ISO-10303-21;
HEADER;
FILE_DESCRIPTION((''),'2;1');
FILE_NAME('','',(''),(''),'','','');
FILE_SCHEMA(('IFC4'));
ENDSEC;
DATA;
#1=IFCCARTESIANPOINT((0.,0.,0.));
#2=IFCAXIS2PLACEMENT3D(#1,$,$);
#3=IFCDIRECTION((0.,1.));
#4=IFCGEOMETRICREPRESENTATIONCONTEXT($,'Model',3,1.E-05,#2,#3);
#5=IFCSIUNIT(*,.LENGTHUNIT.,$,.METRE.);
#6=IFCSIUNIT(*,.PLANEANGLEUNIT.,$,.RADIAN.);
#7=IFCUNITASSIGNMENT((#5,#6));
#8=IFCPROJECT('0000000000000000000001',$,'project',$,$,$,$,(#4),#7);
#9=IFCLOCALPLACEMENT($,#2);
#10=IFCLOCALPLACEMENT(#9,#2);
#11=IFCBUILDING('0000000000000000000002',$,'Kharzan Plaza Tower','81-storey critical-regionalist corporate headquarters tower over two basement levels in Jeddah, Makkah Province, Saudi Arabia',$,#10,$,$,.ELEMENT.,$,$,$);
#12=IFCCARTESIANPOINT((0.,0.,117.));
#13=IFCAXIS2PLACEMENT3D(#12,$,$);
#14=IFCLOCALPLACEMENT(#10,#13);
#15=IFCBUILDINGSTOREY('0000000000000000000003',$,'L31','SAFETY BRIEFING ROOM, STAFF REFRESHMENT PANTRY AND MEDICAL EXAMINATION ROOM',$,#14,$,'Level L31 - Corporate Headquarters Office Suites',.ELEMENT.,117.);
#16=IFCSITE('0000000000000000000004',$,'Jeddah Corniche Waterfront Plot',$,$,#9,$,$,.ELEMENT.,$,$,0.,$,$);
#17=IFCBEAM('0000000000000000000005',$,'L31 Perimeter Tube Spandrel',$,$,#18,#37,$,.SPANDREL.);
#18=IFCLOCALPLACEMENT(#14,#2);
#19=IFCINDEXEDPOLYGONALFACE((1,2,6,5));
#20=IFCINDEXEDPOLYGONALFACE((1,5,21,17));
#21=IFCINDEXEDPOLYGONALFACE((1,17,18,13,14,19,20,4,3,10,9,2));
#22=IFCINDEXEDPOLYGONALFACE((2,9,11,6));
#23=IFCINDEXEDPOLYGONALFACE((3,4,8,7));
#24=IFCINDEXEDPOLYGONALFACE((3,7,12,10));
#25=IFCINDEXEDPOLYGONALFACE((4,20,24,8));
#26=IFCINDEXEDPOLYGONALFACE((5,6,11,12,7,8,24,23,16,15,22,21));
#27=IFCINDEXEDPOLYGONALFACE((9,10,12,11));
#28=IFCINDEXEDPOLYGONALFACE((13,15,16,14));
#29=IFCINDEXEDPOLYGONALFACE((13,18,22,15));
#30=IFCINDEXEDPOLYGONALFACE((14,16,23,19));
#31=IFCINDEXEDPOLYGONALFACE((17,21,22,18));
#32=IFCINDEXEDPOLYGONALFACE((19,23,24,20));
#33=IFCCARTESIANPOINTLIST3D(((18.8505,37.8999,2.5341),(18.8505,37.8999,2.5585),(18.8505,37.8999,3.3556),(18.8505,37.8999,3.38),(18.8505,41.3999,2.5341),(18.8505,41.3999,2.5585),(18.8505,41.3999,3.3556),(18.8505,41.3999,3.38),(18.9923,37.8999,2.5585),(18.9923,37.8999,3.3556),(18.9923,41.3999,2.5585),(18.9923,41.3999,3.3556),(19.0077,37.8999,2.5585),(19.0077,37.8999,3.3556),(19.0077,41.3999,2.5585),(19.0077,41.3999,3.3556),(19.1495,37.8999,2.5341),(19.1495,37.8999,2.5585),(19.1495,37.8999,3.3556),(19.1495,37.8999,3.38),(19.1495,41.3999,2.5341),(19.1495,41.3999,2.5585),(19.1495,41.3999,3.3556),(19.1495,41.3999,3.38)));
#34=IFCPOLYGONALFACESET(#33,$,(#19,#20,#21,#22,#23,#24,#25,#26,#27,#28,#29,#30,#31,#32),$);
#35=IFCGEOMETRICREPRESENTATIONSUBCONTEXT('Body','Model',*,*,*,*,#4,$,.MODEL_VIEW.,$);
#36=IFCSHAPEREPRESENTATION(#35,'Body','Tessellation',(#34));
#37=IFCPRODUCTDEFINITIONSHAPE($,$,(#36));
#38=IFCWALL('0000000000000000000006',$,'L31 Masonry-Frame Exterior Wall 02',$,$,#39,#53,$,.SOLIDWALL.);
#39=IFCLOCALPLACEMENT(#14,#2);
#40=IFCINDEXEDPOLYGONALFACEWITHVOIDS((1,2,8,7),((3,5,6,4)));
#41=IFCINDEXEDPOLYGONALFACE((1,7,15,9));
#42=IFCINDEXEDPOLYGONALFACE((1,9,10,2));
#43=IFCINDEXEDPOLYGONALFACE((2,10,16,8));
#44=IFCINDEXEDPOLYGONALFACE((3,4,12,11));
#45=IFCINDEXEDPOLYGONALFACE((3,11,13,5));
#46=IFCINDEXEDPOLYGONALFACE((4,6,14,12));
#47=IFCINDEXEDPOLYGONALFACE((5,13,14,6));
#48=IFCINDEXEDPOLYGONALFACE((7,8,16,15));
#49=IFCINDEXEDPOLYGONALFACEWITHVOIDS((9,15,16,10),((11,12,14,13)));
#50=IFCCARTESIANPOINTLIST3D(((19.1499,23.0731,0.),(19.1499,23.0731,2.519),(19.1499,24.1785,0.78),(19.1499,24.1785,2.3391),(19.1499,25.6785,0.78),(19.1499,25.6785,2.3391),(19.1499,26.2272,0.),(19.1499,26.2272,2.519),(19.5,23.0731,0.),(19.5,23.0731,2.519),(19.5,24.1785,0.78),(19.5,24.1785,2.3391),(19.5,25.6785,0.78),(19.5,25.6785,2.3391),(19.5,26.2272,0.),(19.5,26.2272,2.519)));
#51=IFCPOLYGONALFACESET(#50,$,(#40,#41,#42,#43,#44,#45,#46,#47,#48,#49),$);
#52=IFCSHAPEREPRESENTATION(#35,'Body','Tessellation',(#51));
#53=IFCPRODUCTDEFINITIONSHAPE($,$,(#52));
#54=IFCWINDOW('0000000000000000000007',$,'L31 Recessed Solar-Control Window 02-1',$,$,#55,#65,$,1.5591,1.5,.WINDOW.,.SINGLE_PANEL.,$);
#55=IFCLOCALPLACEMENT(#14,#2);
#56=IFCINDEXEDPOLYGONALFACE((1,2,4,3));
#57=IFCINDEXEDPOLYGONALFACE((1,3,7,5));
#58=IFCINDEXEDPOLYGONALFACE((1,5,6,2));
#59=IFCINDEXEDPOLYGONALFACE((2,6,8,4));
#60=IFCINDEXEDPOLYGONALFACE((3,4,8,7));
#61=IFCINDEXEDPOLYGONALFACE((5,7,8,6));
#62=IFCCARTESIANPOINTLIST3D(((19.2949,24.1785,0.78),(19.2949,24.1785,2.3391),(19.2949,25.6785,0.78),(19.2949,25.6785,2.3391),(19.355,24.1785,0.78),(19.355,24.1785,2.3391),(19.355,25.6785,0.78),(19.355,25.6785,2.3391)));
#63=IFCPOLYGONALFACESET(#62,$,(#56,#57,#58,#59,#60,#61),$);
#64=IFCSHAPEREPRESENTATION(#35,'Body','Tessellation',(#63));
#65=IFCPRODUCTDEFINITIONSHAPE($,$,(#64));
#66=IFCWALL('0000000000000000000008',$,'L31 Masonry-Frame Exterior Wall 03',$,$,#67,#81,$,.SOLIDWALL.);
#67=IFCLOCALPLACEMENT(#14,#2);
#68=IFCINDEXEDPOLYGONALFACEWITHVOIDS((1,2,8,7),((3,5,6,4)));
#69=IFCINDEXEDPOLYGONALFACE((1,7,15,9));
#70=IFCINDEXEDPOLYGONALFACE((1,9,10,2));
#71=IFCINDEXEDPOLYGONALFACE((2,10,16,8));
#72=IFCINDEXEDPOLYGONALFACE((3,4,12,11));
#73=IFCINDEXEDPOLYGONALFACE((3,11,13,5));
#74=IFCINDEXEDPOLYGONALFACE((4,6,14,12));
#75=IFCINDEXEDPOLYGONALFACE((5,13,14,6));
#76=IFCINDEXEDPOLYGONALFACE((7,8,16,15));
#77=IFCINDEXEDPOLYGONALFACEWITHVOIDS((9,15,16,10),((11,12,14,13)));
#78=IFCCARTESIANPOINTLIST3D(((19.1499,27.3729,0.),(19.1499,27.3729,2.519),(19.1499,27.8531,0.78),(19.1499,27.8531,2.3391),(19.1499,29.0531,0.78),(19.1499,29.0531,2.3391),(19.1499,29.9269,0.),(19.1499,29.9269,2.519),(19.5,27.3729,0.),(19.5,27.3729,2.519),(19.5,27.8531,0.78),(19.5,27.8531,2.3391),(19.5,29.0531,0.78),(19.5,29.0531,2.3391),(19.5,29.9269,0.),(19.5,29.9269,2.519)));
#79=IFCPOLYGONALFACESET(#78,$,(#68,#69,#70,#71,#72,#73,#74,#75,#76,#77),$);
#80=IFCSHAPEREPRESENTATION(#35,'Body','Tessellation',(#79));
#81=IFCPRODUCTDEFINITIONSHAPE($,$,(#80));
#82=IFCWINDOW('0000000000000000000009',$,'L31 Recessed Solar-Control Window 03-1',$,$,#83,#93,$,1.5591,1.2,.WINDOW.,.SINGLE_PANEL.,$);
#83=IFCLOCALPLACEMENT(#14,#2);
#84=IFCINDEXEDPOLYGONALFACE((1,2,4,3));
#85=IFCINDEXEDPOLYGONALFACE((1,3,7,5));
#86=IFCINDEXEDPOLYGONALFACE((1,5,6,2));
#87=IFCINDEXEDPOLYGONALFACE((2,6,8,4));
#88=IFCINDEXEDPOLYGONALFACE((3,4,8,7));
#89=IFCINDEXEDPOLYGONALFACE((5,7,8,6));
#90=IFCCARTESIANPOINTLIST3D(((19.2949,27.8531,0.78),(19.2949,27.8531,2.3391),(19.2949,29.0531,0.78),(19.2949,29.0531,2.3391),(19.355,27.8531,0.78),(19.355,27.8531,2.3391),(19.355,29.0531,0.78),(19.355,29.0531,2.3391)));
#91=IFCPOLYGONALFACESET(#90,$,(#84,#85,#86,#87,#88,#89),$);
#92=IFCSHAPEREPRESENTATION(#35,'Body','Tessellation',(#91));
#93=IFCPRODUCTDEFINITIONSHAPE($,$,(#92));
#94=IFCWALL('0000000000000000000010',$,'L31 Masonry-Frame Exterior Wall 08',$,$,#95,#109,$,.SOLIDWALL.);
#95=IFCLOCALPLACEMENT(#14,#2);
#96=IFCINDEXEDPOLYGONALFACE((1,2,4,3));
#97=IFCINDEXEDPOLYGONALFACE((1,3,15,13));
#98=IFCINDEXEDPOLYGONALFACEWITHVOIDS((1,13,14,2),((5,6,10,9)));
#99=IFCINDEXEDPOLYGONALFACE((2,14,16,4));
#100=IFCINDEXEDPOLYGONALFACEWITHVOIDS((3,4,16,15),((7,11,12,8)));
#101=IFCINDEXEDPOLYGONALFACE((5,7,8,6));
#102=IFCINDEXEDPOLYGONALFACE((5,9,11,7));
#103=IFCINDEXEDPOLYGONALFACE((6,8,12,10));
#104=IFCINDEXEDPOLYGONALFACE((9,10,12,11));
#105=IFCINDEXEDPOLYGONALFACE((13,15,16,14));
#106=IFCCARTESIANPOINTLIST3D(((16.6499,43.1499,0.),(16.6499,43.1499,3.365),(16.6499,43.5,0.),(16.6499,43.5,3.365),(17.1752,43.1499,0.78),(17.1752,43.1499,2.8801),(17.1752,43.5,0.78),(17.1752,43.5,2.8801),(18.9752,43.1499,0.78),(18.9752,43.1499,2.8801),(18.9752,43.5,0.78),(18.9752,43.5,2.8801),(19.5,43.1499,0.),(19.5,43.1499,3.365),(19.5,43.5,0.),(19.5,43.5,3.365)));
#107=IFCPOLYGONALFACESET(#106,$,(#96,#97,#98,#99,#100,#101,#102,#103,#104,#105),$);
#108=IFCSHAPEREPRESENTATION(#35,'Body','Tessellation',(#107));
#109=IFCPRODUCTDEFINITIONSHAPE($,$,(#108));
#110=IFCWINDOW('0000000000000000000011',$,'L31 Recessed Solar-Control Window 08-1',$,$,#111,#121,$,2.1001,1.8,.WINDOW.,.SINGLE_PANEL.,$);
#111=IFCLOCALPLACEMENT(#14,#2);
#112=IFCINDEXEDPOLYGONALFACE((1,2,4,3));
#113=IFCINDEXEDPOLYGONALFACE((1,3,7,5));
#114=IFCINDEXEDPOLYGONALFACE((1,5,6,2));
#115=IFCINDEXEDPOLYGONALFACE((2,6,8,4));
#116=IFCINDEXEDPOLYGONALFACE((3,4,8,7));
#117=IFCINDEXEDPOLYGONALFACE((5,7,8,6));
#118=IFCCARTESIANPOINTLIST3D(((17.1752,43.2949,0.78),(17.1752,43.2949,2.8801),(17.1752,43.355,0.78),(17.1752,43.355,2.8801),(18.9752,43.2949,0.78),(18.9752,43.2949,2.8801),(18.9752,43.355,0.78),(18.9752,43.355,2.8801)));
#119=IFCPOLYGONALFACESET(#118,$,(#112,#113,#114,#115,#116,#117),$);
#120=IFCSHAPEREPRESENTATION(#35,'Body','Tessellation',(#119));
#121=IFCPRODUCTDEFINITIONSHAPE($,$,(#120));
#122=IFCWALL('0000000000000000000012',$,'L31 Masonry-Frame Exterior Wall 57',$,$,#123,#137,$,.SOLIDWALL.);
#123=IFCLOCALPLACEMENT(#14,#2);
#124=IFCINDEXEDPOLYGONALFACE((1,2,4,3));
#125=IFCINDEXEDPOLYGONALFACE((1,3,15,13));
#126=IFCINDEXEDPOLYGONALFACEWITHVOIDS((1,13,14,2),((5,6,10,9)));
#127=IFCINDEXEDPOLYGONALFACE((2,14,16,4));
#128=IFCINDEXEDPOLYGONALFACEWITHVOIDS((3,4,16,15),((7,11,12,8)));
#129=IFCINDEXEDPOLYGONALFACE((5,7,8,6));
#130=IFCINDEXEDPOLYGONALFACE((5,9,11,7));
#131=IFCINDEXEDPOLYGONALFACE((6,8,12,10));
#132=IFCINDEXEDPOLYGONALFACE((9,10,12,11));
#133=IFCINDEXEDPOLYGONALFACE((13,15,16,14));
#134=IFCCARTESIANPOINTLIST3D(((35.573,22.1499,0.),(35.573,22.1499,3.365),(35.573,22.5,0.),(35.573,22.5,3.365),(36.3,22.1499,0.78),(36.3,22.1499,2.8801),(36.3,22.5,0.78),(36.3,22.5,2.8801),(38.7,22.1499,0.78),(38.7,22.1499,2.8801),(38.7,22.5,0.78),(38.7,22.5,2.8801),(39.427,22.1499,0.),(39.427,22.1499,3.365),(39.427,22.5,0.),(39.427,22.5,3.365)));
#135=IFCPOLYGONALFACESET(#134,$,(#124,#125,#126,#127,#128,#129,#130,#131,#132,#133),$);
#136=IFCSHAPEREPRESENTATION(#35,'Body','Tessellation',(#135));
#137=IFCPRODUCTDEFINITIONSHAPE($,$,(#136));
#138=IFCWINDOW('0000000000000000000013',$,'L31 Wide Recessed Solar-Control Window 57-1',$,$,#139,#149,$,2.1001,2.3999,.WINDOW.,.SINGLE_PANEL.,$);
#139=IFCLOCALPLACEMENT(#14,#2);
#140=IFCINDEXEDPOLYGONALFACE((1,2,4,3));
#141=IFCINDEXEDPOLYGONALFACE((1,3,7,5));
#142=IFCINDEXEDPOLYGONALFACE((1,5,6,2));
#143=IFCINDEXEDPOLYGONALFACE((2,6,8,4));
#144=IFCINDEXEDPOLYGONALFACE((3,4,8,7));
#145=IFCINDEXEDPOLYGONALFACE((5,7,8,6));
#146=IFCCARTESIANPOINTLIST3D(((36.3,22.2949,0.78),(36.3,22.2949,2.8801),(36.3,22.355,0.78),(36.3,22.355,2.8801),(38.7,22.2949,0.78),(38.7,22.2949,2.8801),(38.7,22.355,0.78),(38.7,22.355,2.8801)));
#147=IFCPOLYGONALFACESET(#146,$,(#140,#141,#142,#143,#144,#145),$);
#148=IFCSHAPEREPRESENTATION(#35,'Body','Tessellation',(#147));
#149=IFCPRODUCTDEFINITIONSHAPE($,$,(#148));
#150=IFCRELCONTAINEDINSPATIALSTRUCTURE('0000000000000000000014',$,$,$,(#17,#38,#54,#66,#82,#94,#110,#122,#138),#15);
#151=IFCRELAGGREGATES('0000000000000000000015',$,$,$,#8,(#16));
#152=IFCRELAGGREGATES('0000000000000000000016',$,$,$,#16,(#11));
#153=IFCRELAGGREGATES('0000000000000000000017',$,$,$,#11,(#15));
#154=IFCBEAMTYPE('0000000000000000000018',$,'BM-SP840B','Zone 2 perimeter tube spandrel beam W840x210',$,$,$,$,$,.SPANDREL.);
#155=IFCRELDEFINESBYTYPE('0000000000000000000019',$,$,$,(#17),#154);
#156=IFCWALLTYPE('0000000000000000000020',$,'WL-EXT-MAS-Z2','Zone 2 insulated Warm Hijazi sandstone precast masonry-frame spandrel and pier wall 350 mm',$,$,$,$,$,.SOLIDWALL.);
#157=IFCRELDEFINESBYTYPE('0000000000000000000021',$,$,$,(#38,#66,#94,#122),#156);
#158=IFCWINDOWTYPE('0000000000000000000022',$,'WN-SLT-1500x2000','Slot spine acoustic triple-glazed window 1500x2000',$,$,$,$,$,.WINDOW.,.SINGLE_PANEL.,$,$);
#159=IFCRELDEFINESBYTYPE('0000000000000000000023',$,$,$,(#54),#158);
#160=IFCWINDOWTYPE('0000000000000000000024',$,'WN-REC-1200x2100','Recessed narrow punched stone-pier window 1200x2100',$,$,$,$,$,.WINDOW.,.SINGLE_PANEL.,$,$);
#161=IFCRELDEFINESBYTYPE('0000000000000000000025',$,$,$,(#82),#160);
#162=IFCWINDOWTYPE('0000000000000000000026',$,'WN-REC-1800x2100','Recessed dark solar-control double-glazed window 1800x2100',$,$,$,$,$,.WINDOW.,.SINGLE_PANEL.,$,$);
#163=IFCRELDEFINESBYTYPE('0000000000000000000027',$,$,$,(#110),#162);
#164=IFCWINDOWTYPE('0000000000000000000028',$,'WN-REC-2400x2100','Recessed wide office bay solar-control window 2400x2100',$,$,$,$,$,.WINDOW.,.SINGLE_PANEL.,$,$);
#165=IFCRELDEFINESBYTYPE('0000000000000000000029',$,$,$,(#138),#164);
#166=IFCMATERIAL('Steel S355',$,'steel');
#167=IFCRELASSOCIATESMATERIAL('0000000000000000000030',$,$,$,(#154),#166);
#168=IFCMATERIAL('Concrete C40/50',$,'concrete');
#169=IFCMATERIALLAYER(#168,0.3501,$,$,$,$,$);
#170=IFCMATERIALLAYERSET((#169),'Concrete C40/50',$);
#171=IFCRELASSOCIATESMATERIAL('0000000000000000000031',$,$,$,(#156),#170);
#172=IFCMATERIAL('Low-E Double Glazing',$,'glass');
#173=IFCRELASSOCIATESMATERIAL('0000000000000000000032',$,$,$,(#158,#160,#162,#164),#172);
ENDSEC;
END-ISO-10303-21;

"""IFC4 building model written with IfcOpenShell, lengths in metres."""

from ifc_helpers import new_model, si_unit, direction, frame, frame_2d, origin, origin_2d, place, context, subcontext, project, spatial, rectangle, i_section, extrude, source, transform, mapped, material, layer, layer_set, material_profile, profile_set, type_object, element, fill, save


model = new_model("IFC4")

# Units and contexts
model_context = context("Model", 3, precision=1e-05, world=origin(), true_north=direction((0.0, 1.0)))
body_context = subcontext(model_context, "Body", "Model", "MODEL_VIEW")
ifc_project = project(units=[si_unit("LENGTHUNIT", "METRE"), si_unit("PLANEANGLEUNIT", "RADIAN")], contexts=[model_context])

# Site, building, storey
site_placement = place(None, origin())
site = spatial("IfcSite", under=ifc_project, at=site_placement, Name="Jeddah Corniche Waterfront Plot", CompositionType="ELEMENT", RefElevation=0.0)
building_placement = place(site_placement, origin())
building = spatial("IfcBuilding", under=site, at=building_placement, Name="Kharzan Plaza Tower", Description="81-storey critical-regionalist corporate headquarters tower over two basement levels in Jeddah, Makkah Province, Saudi Arabia", CompositionType="ELEMENT")
storey_placement = place(building_placement, frame((0.0, 0.0, 117.0)))
storey = spatial("IfcBuildingStorey", under=building, at=storey_placement, Name="L31", Description="SAFETY BRIEFING ROOM, STAFF REFRESHMENT PANTRY AND MEDICAL EXAMINATION ROOM", LongName="Level L31 - Corporate Headquarters Office Suites", CompositionType="ELEMENT", Elevation=117.0)

# Beam
ifc_material_1 = material(Name="Steel S355", Category="steel")
ifc_material_profile_1 = material_profile(ifc_material_1, i_section(OverallWidth=0.2991, OverallDepth=0.8459, WebThickness=0.0154, FlangeThickness=0.0244, at=origin_2d()), Name="W840x210")
ifc_profile_set_1 = profile_set([ifc_material_profile_1], Name="Steel S355")
beam_type_1 = type_object("IfcBeamType", Name="BM-SP840B", Description="Zone 2 perimeter tube spandrel beam W840x210", PredefinedType="SPANDREL", material=ifc_profile_set_1)
shared_shape_1 = source(origin(), body_context, "Body", "SweptSolid", [
    extrude(i_section(OverallWidth=0.2991, OverallDepth=0.8459, WebThickness=0.0154, FlangeThickness=0.0244, at=origin_2d()), origin(), (0.0, 0.0, 1.0), 3.5),
])
beam_1_placement = place(storey_placement, frame((19.0, 37.8999, 2.957), z_axis=(0.0, 1.0, 0.0), x_axis=(-1.0, 0.0, 0.0)))
element("IfcBeam", 1, at=beam_1_placement, inside=storey, type_object=beam_type_1, Name="L31 Perimeter Tube Spandrel", PredefinedType="SPANDREL", context=body_context, shape_type="MappedRepresentation", body=[
    mapped(shared_shape_1, transform((0.0, 0.0, 0.0), x_axis=(1.0, 0.0, 0.0), y_axis=(0.0, 1.0, 0.0), z_axis=(0.0, 0.0, 1.0))),
])

# Walls, openings, windows
ifc_material_2 = material(Name="Concrete C40/50", Category="concrete")
ifc_layer_1 = layer(ifc_material_2, 0.3501)
ifc_layer_set_1 = layer_set([ifc_layer_1], Name="Concrete C40/50")
wall_type_1 = type_object("IfcWallType", Name="WL-EXT-MAS-Z2", Description="Zone 2 insulated Warm Hijazi sandstone precast masonry-frame spandrel and pier wall 350 mm", PredefinedType="SOLIDWALL", material=ifc_layer_set_1)
wall_1_placement = place(storey_placement, frame((19.325, 23.073, 0.0), z_axis=(0.0, 0.0, 1.0), x_axis=(0.0, 1.0, 0.0)))
wall_1 = element("IfcWall", 2, at=wall_1_placement, inside=storey, type_object=wall_type_1, Name="L31 Masonry-Frame Exterior Wall 02", PredefinedType="SOLIDWALL", context=body_context, shape_type="SweptSolid", body=[
    extrude(rectangle(XDim=3.1541, YDim=0.3501, at=frame_2d((1.5771, 0.0))), origin(), (0.0, 0.0, 1.0), 2.519),
])
opening_1_placement = place(wall_1_placement, frame((1.1055, 0.0, 0.78)))
opening_1 = element("IfcOpeningElement", 3, at=opening_1_placement, cuts=wall_1, PredefinedType="OPENING", context=body_context, shape_type="SweptSolid", body=[
    extrude(rectangle(XDim=1.5, YDim=1.5591, at=frame_2d((0.75, 0.7795))), frame((0.0, 0.1851, 0.0), z_axis=(0.0, -1.0, 0.0), x_axis=(1.0, 0.0, 0.0)), (0.0, 0.0, 1.0), 0.3701),
])
ifc_material_3 = material(Name="Low-E Double Glazing", Category="glass")
window_type_1 = type_object("IfcWindowType", Name="WN-SLT-1500x2000", Description="Slot spine acoustic triple-glazed window 1500x2000", PartitioningType="SINGLE_PANEL", PredefinedType="WINDOW", material=ifc_material_3)
shared_shape_2 = source(origin(), body_context, "Body", "SweptSolid", [
    extrude(rectangle(XDim=1.5, YDim=1.5591, at=frame_2d((0.75, 0.7795))), frame((0.0, 0.03, 0.0), z_axis=(0.0, -1.0, 0.0), x_axis=(1.0, 0.0, 0.0)), (0.0, 0.0, 1.0), 0.0601),
])
window_1_placement = place(opening_1_placement, origin())
window_1 = element("IfcWindow", 4, at=window_1_placement, inside=storey, type_object=window_type_1, Name="L31 Recessed Solar-Control Window 02-1", OverallHeight=1.5591, OverallWidth=1.5, PartitioningType="SINGLE_PANEL", PredefinedType="WINDOW", context=body_context, shape_type="MappedRepresentation", body=[
    mapped(shared_shape_2, transform((0.0, 0.0, 0.0), x_axis=(1.0, 0.0, 0.0), y_axis=(0.0, 1.0, 0.0), z_axis=(0.0, 0.0, 1.0))),
])
fill(opening_1, window_1)
wall_2_placement = place(storey_placement, frame((19.325, 27.373, 0.0), z_axis=(0.0, 0.0, 1.0), x_axis=(0.0, 1.0, 0.0)))
wall_2 = element("IfcWall", 5, at=wall_2_placement, inside=storey, type_object=wall_type_1, Name="L31 Masonry-Frame Exterior Wall 03", PredefinedType="SOLIDWALL", context=body_context, shape_type="SweptSolid", body=[
    extrude(rectangle(XDim=2.554, YDim=0.3501, at=frame_2d((1.2769, 0.0))), origin(), (0.0, 0.0, 1.0), 2.519),
])
opening_2_placement = place(wall_2_placement, frame((0.48, 0.0, 0.78)))
opening_2 = element("IfcOpeningElement", 6, at=opening_2_placement, cuts=wall_2, PredefinedType="OPENING", context=body_context, shape_type="SweptSolid", body=[
    extrude(rectangle(XDim=1.2, YDim=1.5591, at=frame_2d((0.6001, 0.7795))), frame((0.0, 0.1851, 0.0), z_axis=(0.0, -1.0, 0.0), x_axis=(1.0, 0.0, 0.0)), (0.0, 0.0, 1.0), 0.3701),
])
window_type_2 = type_object("IfcWindowType", Name="WN-REC-1200x2100", Description="Recessed narrow punched stone-pier window 1200x2100", PartitioningType="SINGLE_PANEL", PredefinedType="WINDOW", material=ifc_material_3)
shared_shape_3 = source(origin(), body_context, "Body", "SweptSolid", [
    extrude(rectangle(XDim=1.2, YDim=1.5591, at=frame_2d((0.6001, 0.7795))), frame((0.0, 0.03, 0.0), z_axis=(0.0, -1.0, 0.0), x_axis=(1.0, 0.0, 0.0)), (0.0, 0.0, 1.0), 0.0601),
])
window_2_placement = place(opening_2_placement, origin())
window_2 = element("IfcWindow", 7, at=window_2_placement, inside=storey, type_object=window_type_2, Name="L31 Recessed Solar-Control Window 03-1", OverallHeight=1.5591, OverallWidth=1.2, PartitioningType="SINGLE_PANEL", PredefinedType="WINDOW", context=body_context, shape_type="MappedRepresentation", body=[
    mapped(shared_shape_3, transform((0.0, 0.0, 0.0), x_axis=(1.0, 0.0, 0.0), y_axis=(0.0, 1.0, 0.0), z_axis=(0.0, 0.0, 1.0))),
])
fill(opening_2, window_2)
wall_3_placement = place(storey_placement, frame((19.5, 43.325, 0.0), z_axis=(0.0, 0.0, 1.0), x_axis=(-1.0, 0.0, 0.0)))
wall_3 = element("IfcWall", 8, at=wall_3_placement, inside=storey, type_object=wall_type_1, Name="L31 Masonry-Frame Exterior Wall 08", PredefinedType="SOLIDWALL", context=body_context, shape_type="SweptSolid", body=[
    extrude(rectangle(XDim=2.8501, YDim=0.3501, at=frame_2d((1.425, 0.0))), origin(), (0.0, 0.0, 1.0), 3.365),
])
opening_3_placement = place(wall_3_placement, frame((0.5249, 0.0, 0.78)))
opening_3 = element("IfcOpeningElement", 9, at=opening_3_placement, cuts=wall_3, PredefinedType="OPENING", context=body_context, shape_type="SweptSolid", body=[
    extrude(rectangle(XDim=1.8, YDim=2.1001, at=frame_2d((0.8999, 1.05))), frame((0.0, 0.1851, 0.0), z_axis=(0.0, -1.0, 0.0), x_axis=(1.0, 0.0, 0.0)), (0.0, 0.0, 1.0), 0.3701),
])
window_type_3 = type_object("IfcWindowType", Name="WN-REC-1800x2100", Description="Recessed dark solar-control double-glazed window 1800x2100", PartitioningType="SINGLE_PANEL", PredefinedType="WINDOW", material=ifc_material_3)
shared_shape_4 = source(origin(), body_context, "Body", "SweptSolid", [
    extrude(rectangle(XDim=1.8, YDim=2.1001, at=frame_2d((0.8999, 1.05))), frame((0.0, 0.03, 0.0), z_axis=(0.0, -1.0, 0.0), x_axis=(1.0, 0.0, 0.0)), (0.0, 0.0, 1.0), 0.0601),
])
window_3_placement = place(opening_3_placement, origin())
window_3 = element("IfcWindow", 10, at=window_3_placement, inside=storey, type_object=window_type_3, Name="L31 Recessed Solar-Control Window 08-1", OverallHeight=2.1001, OverallWidth=1.8, PartitioningType="SINGLE_PANEL", PredefinedType="WINDOW", context=body_context, shape_type="MappedRepresentation", body=[
    mapped(shared_shape_4, transform((0.0, 0.0, 0.0), x_axis=(1.0, 0.0, 0.0), y_axis=(0.0, 1.0, 0.0), z_axis=(0.0, 0.0, 1.0))),
])
fill(opening_3, window_3)
wall_4_placement = place(storey_placement, frame((39.427, 22.325, 0.0), z_axis=(0.0, 0.0, 1.0), x_axis=(-1.0, 0.0, 0.0)))
wall_4 = element("IfcWall", 11, at=wall_4_placement, inside=storey, type_object=wall_type_1, Name="L31 Masonry-Frame Exterior Wall 57", PredefinedType="SOLIDWALL", context=body_context, shape_type="SweptSolid", body=[
    extrude(rectangle(XDim=3.854, YDim=0.3501, at=frame_2d((1.927, 0.0))), origin(), (0.0, 0.0, 1.0), 3.365),
])
opening_4_placement = place(wall_4_placement, frame((0.7271, 0.0, 0.78)))
opening_4 = element("IfcOpeningElement", 12, at=opening_4_placement, cuts=wall_4, PredefinedType="OPENING", context=body_context, shape_type="SweptSolid", body=[
    extrude(rectangle(XDim=2.3999, YDim=2.1001, at=frame_2d((1.2, 1.05))), frame((0.0, 0.1851, 0.0), z_axis=(0.0, -1.0, 0.0), x_axis=(1.0, 0.0, 0.0)), (0.0, 0.0, 1.0), 0.3701),
])
window_type_4 = type_object("IfcWindowType", Name="WN-REC-2400x2100", Description="Recessed wide office bay solar-control window 2400x2100", PartitioningType="SINGLE_PANEL", PredefinedType="WINDOW", material=ifc_material_3)
shared_shape_5 = source(origin(), body_context, "Body", "SweptSolid", [
    extrude(rectangle(XDim=2.3999, YDim=2.1001, at=frame_2d((1.2, 1.05))), frame((0.0, 0.03, 0.0), z_axis=(0.0, -1.0, 0.0), x_axis=(1.0, 0.0, 0.0)), (0.0, 0.0, 1.0), 0.0601),
])
window_4_placement = place(opening_4_placement, origin())
window_4 = element("IfcWindow", 13, at=window_4_placement, inside=storey, type_object=window_type_4, Name="L31 Wide Recessed Solar-Control Window 57-1", OverallHeight=2.1001, OverallWidth=2.3999, PartitioningType="SINGLE_PANEL", PredefinedType="WINDOW", context=body_context, shape_type="MappedRepresentation", body=[
    mapped(shared_shape_5, transform((0.0, 0.0, 0.0), x_axis=(1.0, 0.0, 0.0), y_axis=(0.0, 1.0, 0.0), z_axis=(0.0, 0.0, 1.0))),
])
fill(opening_4, window_4)

save(model, "model.ifc")
